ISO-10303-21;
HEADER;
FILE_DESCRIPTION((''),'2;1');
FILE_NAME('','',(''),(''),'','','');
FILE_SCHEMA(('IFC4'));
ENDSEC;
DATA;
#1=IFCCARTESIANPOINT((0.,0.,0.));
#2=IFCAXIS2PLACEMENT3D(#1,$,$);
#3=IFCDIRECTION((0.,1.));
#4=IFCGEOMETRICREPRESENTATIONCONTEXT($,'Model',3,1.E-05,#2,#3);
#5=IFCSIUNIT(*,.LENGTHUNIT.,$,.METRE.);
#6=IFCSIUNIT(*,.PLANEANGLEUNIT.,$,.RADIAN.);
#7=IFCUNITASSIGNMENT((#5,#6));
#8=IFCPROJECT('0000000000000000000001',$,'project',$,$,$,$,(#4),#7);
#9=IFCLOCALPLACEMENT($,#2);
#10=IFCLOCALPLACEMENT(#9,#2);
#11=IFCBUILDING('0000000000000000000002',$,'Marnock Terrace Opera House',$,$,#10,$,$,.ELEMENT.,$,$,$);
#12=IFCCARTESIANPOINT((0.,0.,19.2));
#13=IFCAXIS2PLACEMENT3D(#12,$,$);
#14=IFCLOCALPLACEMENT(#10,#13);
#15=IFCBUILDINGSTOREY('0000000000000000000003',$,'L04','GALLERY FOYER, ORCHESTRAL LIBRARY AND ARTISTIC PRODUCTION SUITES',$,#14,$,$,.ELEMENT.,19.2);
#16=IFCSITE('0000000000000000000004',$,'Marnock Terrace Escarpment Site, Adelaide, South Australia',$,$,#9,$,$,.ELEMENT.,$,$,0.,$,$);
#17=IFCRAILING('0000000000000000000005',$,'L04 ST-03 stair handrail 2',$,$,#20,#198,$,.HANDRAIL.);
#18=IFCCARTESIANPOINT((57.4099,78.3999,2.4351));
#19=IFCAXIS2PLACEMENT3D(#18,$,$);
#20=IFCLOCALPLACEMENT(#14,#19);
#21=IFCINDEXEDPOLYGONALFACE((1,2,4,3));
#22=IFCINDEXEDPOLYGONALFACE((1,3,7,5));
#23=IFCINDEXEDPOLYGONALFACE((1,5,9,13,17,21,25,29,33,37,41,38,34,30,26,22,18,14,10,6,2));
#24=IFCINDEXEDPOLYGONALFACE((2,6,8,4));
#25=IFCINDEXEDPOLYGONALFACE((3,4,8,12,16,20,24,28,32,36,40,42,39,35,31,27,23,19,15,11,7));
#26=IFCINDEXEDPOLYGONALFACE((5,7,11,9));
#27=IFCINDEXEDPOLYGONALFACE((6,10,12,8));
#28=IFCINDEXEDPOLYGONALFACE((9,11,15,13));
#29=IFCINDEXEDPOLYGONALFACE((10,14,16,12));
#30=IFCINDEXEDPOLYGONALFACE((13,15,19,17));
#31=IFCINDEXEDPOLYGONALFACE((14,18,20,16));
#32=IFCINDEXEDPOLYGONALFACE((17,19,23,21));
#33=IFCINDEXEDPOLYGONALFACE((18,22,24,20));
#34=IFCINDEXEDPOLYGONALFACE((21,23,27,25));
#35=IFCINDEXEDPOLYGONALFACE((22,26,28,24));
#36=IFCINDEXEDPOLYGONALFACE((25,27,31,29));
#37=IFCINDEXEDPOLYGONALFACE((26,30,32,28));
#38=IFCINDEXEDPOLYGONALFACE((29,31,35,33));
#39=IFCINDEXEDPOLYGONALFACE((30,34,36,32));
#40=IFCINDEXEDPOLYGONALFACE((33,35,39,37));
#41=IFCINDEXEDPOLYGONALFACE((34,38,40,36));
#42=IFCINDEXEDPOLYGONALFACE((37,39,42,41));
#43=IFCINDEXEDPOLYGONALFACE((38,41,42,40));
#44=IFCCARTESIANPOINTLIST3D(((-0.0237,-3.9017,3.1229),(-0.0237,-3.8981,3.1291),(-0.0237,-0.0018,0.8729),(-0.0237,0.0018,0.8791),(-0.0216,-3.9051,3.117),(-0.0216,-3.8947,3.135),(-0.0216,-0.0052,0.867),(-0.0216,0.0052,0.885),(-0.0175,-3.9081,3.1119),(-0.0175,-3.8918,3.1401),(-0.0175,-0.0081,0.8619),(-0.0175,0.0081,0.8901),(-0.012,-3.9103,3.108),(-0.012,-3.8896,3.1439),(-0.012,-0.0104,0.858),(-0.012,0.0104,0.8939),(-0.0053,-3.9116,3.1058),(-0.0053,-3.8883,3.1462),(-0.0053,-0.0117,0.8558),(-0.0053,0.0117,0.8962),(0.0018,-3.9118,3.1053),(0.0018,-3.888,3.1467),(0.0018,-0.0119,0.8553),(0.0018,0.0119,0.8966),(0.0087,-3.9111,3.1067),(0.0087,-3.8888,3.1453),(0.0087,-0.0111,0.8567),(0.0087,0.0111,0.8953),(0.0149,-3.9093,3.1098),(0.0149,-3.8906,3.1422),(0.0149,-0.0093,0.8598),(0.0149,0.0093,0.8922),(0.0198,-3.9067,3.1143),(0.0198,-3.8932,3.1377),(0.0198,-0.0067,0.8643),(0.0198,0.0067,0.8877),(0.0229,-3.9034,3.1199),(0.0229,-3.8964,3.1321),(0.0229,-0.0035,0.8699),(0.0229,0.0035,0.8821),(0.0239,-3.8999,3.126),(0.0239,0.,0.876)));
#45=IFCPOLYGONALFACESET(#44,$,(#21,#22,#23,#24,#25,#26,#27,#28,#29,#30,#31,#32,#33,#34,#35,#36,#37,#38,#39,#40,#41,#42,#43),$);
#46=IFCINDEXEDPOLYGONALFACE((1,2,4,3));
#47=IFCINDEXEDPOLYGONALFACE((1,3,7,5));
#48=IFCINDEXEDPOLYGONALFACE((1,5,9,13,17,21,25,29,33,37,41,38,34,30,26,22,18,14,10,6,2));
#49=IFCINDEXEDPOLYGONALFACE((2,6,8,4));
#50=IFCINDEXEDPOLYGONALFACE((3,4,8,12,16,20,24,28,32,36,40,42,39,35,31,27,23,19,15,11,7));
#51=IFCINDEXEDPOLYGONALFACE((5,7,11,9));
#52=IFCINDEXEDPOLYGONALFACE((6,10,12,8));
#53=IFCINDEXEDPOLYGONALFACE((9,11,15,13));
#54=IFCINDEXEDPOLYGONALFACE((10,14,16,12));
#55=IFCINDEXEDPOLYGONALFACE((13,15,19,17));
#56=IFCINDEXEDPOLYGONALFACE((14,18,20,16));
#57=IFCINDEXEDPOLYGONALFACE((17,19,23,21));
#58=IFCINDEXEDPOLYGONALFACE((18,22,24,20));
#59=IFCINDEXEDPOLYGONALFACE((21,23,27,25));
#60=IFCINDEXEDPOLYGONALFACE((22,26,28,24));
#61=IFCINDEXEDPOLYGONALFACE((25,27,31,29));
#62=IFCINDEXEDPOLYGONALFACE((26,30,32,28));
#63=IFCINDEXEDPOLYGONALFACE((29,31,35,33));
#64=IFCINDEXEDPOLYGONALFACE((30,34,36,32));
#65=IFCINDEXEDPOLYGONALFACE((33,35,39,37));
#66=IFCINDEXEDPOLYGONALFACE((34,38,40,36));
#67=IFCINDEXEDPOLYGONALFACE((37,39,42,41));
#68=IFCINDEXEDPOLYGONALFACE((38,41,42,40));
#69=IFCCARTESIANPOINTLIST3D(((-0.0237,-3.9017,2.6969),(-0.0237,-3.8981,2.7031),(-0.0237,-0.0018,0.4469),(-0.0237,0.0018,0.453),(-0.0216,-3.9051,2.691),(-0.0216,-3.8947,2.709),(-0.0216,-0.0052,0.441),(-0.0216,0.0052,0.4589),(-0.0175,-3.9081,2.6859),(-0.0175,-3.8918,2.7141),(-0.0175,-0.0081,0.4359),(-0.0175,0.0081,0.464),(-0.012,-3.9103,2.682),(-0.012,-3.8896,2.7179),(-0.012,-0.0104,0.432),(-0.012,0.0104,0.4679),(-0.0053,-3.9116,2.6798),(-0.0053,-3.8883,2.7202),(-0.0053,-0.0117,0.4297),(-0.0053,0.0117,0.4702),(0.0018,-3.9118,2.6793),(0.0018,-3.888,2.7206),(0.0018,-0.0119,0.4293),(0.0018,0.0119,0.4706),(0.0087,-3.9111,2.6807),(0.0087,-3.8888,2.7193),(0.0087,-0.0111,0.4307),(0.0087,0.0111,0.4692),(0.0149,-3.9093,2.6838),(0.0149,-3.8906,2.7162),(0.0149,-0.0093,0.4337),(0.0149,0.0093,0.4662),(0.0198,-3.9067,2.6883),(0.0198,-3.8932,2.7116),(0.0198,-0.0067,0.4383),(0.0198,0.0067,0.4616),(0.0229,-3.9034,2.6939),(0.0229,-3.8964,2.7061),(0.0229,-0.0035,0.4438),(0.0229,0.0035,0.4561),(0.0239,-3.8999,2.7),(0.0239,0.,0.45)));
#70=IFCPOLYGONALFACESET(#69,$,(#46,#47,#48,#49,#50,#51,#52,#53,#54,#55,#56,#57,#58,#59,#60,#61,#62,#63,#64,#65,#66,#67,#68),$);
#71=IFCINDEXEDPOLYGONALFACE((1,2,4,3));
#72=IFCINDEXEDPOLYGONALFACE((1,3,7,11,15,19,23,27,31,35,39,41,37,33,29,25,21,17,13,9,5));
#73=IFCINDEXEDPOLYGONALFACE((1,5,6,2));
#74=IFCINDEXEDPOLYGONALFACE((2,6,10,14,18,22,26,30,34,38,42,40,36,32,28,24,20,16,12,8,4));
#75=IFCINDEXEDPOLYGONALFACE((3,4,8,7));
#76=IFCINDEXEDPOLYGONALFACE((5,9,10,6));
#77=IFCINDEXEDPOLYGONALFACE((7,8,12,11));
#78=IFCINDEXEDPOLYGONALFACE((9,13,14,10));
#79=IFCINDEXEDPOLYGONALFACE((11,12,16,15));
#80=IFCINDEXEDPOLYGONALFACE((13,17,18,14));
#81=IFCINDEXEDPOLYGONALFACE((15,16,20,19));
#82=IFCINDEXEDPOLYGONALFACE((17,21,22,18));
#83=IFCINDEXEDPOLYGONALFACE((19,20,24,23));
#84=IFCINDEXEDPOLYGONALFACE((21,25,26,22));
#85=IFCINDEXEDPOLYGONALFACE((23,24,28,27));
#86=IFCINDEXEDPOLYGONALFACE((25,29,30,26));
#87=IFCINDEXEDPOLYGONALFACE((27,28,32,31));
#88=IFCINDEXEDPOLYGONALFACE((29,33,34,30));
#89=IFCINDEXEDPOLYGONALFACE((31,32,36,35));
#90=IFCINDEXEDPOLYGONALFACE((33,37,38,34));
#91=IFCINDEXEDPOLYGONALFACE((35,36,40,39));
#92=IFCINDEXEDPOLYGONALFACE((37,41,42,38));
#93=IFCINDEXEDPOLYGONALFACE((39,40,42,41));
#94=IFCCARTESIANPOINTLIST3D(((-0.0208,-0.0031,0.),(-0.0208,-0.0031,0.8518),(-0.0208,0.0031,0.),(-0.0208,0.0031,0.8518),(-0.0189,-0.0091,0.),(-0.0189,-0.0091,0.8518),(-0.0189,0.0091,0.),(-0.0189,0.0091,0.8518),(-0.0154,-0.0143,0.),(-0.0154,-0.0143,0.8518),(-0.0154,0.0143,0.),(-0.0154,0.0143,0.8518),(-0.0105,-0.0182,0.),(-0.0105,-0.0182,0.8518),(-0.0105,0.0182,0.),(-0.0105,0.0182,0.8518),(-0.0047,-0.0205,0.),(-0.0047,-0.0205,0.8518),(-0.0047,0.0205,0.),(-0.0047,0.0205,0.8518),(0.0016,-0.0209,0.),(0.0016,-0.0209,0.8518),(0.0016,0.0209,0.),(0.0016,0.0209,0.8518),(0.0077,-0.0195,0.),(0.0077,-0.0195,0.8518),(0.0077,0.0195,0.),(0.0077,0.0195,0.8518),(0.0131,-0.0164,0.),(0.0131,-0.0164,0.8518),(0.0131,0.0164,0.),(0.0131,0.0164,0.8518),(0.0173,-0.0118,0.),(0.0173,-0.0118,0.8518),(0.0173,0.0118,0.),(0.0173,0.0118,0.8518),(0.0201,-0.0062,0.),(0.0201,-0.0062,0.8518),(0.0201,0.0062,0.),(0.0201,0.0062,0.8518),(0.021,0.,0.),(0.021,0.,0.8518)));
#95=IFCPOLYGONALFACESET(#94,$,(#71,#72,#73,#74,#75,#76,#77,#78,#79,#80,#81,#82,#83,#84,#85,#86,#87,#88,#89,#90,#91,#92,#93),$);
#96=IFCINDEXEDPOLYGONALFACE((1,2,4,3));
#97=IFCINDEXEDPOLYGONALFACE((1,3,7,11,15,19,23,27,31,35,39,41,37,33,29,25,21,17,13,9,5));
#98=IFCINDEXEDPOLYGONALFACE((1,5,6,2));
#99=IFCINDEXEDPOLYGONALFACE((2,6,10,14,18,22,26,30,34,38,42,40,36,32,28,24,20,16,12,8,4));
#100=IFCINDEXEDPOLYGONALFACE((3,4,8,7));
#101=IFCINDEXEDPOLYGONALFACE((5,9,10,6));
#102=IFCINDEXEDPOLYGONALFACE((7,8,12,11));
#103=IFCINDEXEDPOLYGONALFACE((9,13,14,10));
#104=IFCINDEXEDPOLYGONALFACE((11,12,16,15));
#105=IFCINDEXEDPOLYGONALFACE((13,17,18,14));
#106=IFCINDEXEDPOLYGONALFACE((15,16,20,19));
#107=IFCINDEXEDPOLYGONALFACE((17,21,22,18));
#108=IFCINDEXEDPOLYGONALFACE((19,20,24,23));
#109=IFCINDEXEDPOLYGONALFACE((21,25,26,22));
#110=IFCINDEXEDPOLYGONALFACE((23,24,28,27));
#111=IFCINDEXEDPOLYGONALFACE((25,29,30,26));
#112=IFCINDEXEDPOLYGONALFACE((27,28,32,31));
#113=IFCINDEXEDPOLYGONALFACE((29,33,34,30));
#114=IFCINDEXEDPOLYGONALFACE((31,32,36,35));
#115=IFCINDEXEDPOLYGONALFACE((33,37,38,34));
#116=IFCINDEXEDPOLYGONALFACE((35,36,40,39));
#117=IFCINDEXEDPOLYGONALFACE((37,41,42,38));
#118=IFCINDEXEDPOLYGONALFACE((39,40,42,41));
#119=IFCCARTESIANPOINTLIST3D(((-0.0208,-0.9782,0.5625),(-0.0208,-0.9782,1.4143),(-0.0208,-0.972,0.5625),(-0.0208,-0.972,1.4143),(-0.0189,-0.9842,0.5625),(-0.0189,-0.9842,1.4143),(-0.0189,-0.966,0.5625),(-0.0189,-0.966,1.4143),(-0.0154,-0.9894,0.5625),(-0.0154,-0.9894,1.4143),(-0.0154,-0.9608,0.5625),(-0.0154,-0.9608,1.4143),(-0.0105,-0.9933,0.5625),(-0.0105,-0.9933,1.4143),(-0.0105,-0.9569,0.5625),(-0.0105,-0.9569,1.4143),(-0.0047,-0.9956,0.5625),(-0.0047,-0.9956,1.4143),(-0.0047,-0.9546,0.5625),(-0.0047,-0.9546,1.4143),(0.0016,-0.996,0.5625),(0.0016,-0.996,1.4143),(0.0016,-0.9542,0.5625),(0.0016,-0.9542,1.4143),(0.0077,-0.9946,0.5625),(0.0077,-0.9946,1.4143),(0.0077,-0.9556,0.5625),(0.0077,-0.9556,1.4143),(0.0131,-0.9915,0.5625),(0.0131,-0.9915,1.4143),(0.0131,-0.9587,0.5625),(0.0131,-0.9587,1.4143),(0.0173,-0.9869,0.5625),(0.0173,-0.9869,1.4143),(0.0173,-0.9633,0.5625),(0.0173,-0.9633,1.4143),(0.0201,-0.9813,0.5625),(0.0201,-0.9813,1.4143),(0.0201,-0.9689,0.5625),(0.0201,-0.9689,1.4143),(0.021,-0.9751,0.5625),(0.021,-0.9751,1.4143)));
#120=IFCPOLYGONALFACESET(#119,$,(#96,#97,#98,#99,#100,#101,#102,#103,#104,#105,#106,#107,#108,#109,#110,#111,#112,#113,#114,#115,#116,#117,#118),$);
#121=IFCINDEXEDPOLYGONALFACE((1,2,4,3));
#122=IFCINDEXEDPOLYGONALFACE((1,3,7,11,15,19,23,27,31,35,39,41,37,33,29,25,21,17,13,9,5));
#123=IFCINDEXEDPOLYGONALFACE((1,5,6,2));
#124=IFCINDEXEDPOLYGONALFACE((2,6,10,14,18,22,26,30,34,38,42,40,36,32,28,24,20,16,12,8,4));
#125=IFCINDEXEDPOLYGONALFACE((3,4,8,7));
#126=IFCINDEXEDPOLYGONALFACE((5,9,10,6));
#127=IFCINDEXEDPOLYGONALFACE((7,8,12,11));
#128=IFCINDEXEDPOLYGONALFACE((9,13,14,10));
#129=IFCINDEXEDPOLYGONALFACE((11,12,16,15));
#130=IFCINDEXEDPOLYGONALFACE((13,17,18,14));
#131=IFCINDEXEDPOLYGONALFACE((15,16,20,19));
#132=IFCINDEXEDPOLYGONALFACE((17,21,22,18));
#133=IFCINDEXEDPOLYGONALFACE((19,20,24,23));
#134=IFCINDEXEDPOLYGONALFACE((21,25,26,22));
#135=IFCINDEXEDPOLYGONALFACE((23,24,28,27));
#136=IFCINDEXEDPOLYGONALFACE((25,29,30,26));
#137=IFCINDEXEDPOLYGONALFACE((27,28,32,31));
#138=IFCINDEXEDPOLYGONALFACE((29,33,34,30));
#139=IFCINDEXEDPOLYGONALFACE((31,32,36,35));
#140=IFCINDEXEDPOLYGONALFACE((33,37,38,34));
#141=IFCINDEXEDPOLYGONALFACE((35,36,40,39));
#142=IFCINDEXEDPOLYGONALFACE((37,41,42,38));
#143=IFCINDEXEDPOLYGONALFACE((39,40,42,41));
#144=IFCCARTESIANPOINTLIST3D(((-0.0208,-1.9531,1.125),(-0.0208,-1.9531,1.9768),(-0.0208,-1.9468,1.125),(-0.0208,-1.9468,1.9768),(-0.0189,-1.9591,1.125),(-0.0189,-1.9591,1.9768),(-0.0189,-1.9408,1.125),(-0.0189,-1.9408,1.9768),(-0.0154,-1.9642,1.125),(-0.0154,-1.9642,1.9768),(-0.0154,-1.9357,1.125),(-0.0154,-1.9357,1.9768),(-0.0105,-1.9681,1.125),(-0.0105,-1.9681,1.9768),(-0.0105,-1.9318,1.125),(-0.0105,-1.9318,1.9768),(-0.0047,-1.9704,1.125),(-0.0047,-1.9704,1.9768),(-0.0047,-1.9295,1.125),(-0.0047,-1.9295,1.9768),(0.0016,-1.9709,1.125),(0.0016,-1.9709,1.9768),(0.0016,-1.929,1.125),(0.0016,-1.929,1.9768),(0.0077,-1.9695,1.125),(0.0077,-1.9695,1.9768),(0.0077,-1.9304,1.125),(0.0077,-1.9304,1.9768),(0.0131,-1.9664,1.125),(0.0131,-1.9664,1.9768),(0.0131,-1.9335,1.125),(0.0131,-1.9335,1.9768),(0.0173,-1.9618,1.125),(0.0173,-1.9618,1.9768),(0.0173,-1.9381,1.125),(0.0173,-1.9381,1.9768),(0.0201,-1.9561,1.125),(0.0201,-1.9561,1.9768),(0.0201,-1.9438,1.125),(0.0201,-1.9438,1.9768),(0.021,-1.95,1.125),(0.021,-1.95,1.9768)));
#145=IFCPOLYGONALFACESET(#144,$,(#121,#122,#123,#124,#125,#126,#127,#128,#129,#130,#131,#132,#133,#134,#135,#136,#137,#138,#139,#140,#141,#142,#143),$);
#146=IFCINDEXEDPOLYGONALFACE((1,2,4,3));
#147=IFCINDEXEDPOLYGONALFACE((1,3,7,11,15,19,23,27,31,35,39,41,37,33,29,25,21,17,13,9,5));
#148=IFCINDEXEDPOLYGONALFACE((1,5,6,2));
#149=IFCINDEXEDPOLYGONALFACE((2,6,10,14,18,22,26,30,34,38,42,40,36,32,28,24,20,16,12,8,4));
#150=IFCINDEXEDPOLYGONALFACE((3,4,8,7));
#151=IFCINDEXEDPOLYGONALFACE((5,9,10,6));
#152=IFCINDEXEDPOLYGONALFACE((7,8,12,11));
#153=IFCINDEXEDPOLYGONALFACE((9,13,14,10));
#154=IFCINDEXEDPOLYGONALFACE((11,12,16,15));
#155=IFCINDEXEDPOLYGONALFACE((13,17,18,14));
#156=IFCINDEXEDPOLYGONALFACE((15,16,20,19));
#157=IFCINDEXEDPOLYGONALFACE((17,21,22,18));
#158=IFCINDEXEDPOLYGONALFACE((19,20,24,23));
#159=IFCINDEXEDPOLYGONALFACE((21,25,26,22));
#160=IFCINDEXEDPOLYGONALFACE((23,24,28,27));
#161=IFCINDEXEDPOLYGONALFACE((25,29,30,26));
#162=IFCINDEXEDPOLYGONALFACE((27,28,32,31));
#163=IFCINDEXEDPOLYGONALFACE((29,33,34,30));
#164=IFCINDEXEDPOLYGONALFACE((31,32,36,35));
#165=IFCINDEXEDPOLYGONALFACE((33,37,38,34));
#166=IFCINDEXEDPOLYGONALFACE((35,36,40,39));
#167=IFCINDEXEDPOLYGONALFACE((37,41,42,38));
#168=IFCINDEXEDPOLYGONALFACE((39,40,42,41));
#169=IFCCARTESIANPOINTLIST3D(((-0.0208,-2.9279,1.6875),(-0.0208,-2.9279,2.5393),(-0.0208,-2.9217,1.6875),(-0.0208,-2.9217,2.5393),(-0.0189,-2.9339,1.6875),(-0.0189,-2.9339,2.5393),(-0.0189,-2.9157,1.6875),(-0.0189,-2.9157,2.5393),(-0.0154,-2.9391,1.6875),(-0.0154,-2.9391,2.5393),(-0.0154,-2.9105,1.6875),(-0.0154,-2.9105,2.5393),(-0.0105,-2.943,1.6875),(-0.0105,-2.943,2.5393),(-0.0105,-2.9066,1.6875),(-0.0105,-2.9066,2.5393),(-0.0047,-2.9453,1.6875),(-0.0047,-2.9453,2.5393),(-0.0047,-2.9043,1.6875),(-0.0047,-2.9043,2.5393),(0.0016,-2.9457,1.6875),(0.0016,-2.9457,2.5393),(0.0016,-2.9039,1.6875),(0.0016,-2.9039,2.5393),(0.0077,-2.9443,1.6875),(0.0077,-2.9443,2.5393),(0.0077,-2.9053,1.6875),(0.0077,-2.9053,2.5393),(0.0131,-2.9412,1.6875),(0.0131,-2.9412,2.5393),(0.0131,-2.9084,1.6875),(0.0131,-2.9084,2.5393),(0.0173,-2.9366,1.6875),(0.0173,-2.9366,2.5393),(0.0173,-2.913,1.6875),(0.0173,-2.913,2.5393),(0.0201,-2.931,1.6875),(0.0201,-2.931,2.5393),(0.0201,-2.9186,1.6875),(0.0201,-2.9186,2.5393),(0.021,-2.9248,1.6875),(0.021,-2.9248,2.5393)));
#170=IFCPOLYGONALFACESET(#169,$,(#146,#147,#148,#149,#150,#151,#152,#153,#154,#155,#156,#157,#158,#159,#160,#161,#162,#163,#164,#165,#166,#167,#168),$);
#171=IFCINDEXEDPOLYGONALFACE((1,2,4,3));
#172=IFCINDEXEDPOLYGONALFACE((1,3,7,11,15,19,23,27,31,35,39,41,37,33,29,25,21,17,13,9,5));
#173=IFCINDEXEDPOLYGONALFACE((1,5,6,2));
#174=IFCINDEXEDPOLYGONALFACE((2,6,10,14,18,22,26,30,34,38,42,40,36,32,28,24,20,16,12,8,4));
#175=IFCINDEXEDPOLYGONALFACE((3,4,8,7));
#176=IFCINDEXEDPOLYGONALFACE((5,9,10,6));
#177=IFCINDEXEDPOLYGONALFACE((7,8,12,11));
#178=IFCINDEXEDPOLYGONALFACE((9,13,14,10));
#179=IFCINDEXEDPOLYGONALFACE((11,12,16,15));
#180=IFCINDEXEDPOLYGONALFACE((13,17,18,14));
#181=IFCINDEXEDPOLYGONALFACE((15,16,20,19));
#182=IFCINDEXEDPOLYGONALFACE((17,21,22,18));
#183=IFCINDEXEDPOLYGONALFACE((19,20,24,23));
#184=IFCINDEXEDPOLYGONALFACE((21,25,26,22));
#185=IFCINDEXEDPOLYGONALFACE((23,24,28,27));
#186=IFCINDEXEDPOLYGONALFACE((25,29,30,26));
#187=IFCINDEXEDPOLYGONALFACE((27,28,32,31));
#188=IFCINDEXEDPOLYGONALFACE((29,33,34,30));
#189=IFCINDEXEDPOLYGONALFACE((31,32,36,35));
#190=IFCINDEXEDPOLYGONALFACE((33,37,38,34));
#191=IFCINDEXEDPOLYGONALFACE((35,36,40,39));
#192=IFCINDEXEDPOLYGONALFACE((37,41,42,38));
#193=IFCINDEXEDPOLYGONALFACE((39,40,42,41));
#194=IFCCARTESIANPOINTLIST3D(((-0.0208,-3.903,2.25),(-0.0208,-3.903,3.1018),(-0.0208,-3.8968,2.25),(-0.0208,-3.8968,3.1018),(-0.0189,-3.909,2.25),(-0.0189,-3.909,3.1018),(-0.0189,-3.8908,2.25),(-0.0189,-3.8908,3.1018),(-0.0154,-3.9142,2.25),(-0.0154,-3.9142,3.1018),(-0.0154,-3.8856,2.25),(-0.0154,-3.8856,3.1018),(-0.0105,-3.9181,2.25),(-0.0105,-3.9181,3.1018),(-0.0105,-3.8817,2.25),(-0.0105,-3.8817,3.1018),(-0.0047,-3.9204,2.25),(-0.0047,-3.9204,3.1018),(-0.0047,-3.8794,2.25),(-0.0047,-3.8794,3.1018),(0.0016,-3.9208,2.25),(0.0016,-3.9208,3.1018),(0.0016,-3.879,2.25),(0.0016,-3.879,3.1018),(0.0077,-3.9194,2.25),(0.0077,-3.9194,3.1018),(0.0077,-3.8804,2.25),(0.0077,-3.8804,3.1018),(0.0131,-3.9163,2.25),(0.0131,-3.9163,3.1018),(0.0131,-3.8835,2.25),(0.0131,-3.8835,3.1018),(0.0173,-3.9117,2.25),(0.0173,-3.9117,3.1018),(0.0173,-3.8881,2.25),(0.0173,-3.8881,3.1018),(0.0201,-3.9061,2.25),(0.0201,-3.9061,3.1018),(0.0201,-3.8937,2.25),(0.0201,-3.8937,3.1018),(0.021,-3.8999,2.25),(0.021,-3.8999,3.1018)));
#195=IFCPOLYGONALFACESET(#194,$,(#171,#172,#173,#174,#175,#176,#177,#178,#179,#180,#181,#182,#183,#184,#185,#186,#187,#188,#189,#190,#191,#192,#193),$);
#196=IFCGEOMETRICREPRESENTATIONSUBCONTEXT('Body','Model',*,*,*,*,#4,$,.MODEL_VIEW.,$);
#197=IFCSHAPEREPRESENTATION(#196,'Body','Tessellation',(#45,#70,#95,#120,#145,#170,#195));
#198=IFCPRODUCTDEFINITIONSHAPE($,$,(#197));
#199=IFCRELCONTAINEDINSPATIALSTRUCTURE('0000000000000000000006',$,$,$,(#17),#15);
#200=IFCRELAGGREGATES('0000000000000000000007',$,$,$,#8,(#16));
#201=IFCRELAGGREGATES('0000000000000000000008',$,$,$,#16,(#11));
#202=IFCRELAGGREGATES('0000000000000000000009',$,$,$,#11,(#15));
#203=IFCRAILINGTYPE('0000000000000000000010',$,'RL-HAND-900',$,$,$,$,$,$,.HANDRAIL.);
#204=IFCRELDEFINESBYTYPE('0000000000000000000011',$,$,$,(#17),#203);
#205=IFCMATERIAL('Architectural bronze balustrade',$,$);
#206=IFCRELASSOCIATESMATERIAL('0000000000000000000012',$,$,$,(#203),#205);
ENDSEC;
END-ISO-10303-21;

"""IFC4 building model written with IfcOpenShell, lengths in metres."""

from ifc_helpers import new_model, si_unit, direction, frame, origin, origin_2d, place, context, subcontext, project, spatial, circle, extrude, material, type_object, element, save


model = new_model("IFC4")

# Units and contexts
model_context = context("Model", 3, precision=1e-05, world=origin(), true_north=direction((0.0, 1.0)))
body_context = subcontext(model_context, "Body", "Model", "MODEL_VIEW")
ifc_project = project(units=[si_unit("LENGTHUNIT", "METRE"), si_unit("PLANEANGLEUNIT", "RADIAN")], contexts=[model_context])

# Site, building, storey
site_placement = place(None, origin())
site = spatial("IfcSite", under=ifc_project, at=site_placement, Name="Marnock Terrace Escarpment Site, Adelaide, South Australia", CompositionType="ELEMENT", RefElevation=0.0)
building_placement = place(site_placement, origin())
building = spatial("IfcBuilding", under=site, at=building_placement, Name="Marnock Terrace Opera House", CompositionType="ELEMENT")
storey_placement = place(building_placement, frame((0.0, 0.0, 19.2)))
storey = spatial("IfcBuildingStorey", under=building, at=storey_placement, Name="L04", Description="GALLERY FOYER, ORCHESTRAL LIBRARY AND ARTISTIC PRODUCTION SUITES", CompositionType="ELEMENT", Elevation=19.2)

# Railing
ifc_material_1 = material(Name="Architectural bronze balustrade")
railing_type_1 = type_object("IfcRailingType", Name="RL-HAND-900", PredefinedType="HANDRAIL", material=ifc_material_1)
railing_1_placement = place(storey_placement, frame((57.4099, 78.3999, 2.4351)))
element("IfcRailing", 1, at=railing_1_placement, inside=storey, type_object=railing_type_1, Name="L04 ST-03 stair handrail 2", PredefinedType="HANDRAIL", context=body_context, shape_type="SweptSolid", body=[
    extrude(circle(Radius=0.0239, at=origin_2d()), frame((0.0, 0.0, 0.876), z_axis=(0.0, -0.86618, 0.499732), x_axis=(1.0, 0.0, 0.0)), (0.0, 0.0, 1.0), 4.5024),
    extrude(circle(Radius=0.0239, at=origin_2d()), frame((0.0, 0.0, 0.45), z_axis=(0.0, -0.86618, 0.499732), x_axis=(1.0, 0.0, 0.0)), (0.0, 0.0, 1.0), 4.5024),
    extrude(circle(Radius=0.021, at=origin_2d()), origin(), (0.0, 0.0, 1.0), 0.8518),
    extrude(circle(Radius=0.021, at=origin_2d()), frame((0.0, -0.9751, 0.5625)), (0.0, 0.0, 1.0), 0.8518),
    extrude(circle(Radius=0.021, at=origin_2d()), frame((0.0, -1.95, 1.125)), (0.0, 0.0, 1.0), 0.8518),
    extrude(circle(Radius=0.021, at=origin_2d()), frame((0.0, -2.9248, 1.6875)), (0.0, 0.0, 1.0), 0.8518),
    extrude(circle(Radius=0.021, at=origin_2d()), frame((0.0, -3.8999, 2.25)), (0.0, 0.0, 1.0), 0.8518),
])

save(model, "model.ifc")
